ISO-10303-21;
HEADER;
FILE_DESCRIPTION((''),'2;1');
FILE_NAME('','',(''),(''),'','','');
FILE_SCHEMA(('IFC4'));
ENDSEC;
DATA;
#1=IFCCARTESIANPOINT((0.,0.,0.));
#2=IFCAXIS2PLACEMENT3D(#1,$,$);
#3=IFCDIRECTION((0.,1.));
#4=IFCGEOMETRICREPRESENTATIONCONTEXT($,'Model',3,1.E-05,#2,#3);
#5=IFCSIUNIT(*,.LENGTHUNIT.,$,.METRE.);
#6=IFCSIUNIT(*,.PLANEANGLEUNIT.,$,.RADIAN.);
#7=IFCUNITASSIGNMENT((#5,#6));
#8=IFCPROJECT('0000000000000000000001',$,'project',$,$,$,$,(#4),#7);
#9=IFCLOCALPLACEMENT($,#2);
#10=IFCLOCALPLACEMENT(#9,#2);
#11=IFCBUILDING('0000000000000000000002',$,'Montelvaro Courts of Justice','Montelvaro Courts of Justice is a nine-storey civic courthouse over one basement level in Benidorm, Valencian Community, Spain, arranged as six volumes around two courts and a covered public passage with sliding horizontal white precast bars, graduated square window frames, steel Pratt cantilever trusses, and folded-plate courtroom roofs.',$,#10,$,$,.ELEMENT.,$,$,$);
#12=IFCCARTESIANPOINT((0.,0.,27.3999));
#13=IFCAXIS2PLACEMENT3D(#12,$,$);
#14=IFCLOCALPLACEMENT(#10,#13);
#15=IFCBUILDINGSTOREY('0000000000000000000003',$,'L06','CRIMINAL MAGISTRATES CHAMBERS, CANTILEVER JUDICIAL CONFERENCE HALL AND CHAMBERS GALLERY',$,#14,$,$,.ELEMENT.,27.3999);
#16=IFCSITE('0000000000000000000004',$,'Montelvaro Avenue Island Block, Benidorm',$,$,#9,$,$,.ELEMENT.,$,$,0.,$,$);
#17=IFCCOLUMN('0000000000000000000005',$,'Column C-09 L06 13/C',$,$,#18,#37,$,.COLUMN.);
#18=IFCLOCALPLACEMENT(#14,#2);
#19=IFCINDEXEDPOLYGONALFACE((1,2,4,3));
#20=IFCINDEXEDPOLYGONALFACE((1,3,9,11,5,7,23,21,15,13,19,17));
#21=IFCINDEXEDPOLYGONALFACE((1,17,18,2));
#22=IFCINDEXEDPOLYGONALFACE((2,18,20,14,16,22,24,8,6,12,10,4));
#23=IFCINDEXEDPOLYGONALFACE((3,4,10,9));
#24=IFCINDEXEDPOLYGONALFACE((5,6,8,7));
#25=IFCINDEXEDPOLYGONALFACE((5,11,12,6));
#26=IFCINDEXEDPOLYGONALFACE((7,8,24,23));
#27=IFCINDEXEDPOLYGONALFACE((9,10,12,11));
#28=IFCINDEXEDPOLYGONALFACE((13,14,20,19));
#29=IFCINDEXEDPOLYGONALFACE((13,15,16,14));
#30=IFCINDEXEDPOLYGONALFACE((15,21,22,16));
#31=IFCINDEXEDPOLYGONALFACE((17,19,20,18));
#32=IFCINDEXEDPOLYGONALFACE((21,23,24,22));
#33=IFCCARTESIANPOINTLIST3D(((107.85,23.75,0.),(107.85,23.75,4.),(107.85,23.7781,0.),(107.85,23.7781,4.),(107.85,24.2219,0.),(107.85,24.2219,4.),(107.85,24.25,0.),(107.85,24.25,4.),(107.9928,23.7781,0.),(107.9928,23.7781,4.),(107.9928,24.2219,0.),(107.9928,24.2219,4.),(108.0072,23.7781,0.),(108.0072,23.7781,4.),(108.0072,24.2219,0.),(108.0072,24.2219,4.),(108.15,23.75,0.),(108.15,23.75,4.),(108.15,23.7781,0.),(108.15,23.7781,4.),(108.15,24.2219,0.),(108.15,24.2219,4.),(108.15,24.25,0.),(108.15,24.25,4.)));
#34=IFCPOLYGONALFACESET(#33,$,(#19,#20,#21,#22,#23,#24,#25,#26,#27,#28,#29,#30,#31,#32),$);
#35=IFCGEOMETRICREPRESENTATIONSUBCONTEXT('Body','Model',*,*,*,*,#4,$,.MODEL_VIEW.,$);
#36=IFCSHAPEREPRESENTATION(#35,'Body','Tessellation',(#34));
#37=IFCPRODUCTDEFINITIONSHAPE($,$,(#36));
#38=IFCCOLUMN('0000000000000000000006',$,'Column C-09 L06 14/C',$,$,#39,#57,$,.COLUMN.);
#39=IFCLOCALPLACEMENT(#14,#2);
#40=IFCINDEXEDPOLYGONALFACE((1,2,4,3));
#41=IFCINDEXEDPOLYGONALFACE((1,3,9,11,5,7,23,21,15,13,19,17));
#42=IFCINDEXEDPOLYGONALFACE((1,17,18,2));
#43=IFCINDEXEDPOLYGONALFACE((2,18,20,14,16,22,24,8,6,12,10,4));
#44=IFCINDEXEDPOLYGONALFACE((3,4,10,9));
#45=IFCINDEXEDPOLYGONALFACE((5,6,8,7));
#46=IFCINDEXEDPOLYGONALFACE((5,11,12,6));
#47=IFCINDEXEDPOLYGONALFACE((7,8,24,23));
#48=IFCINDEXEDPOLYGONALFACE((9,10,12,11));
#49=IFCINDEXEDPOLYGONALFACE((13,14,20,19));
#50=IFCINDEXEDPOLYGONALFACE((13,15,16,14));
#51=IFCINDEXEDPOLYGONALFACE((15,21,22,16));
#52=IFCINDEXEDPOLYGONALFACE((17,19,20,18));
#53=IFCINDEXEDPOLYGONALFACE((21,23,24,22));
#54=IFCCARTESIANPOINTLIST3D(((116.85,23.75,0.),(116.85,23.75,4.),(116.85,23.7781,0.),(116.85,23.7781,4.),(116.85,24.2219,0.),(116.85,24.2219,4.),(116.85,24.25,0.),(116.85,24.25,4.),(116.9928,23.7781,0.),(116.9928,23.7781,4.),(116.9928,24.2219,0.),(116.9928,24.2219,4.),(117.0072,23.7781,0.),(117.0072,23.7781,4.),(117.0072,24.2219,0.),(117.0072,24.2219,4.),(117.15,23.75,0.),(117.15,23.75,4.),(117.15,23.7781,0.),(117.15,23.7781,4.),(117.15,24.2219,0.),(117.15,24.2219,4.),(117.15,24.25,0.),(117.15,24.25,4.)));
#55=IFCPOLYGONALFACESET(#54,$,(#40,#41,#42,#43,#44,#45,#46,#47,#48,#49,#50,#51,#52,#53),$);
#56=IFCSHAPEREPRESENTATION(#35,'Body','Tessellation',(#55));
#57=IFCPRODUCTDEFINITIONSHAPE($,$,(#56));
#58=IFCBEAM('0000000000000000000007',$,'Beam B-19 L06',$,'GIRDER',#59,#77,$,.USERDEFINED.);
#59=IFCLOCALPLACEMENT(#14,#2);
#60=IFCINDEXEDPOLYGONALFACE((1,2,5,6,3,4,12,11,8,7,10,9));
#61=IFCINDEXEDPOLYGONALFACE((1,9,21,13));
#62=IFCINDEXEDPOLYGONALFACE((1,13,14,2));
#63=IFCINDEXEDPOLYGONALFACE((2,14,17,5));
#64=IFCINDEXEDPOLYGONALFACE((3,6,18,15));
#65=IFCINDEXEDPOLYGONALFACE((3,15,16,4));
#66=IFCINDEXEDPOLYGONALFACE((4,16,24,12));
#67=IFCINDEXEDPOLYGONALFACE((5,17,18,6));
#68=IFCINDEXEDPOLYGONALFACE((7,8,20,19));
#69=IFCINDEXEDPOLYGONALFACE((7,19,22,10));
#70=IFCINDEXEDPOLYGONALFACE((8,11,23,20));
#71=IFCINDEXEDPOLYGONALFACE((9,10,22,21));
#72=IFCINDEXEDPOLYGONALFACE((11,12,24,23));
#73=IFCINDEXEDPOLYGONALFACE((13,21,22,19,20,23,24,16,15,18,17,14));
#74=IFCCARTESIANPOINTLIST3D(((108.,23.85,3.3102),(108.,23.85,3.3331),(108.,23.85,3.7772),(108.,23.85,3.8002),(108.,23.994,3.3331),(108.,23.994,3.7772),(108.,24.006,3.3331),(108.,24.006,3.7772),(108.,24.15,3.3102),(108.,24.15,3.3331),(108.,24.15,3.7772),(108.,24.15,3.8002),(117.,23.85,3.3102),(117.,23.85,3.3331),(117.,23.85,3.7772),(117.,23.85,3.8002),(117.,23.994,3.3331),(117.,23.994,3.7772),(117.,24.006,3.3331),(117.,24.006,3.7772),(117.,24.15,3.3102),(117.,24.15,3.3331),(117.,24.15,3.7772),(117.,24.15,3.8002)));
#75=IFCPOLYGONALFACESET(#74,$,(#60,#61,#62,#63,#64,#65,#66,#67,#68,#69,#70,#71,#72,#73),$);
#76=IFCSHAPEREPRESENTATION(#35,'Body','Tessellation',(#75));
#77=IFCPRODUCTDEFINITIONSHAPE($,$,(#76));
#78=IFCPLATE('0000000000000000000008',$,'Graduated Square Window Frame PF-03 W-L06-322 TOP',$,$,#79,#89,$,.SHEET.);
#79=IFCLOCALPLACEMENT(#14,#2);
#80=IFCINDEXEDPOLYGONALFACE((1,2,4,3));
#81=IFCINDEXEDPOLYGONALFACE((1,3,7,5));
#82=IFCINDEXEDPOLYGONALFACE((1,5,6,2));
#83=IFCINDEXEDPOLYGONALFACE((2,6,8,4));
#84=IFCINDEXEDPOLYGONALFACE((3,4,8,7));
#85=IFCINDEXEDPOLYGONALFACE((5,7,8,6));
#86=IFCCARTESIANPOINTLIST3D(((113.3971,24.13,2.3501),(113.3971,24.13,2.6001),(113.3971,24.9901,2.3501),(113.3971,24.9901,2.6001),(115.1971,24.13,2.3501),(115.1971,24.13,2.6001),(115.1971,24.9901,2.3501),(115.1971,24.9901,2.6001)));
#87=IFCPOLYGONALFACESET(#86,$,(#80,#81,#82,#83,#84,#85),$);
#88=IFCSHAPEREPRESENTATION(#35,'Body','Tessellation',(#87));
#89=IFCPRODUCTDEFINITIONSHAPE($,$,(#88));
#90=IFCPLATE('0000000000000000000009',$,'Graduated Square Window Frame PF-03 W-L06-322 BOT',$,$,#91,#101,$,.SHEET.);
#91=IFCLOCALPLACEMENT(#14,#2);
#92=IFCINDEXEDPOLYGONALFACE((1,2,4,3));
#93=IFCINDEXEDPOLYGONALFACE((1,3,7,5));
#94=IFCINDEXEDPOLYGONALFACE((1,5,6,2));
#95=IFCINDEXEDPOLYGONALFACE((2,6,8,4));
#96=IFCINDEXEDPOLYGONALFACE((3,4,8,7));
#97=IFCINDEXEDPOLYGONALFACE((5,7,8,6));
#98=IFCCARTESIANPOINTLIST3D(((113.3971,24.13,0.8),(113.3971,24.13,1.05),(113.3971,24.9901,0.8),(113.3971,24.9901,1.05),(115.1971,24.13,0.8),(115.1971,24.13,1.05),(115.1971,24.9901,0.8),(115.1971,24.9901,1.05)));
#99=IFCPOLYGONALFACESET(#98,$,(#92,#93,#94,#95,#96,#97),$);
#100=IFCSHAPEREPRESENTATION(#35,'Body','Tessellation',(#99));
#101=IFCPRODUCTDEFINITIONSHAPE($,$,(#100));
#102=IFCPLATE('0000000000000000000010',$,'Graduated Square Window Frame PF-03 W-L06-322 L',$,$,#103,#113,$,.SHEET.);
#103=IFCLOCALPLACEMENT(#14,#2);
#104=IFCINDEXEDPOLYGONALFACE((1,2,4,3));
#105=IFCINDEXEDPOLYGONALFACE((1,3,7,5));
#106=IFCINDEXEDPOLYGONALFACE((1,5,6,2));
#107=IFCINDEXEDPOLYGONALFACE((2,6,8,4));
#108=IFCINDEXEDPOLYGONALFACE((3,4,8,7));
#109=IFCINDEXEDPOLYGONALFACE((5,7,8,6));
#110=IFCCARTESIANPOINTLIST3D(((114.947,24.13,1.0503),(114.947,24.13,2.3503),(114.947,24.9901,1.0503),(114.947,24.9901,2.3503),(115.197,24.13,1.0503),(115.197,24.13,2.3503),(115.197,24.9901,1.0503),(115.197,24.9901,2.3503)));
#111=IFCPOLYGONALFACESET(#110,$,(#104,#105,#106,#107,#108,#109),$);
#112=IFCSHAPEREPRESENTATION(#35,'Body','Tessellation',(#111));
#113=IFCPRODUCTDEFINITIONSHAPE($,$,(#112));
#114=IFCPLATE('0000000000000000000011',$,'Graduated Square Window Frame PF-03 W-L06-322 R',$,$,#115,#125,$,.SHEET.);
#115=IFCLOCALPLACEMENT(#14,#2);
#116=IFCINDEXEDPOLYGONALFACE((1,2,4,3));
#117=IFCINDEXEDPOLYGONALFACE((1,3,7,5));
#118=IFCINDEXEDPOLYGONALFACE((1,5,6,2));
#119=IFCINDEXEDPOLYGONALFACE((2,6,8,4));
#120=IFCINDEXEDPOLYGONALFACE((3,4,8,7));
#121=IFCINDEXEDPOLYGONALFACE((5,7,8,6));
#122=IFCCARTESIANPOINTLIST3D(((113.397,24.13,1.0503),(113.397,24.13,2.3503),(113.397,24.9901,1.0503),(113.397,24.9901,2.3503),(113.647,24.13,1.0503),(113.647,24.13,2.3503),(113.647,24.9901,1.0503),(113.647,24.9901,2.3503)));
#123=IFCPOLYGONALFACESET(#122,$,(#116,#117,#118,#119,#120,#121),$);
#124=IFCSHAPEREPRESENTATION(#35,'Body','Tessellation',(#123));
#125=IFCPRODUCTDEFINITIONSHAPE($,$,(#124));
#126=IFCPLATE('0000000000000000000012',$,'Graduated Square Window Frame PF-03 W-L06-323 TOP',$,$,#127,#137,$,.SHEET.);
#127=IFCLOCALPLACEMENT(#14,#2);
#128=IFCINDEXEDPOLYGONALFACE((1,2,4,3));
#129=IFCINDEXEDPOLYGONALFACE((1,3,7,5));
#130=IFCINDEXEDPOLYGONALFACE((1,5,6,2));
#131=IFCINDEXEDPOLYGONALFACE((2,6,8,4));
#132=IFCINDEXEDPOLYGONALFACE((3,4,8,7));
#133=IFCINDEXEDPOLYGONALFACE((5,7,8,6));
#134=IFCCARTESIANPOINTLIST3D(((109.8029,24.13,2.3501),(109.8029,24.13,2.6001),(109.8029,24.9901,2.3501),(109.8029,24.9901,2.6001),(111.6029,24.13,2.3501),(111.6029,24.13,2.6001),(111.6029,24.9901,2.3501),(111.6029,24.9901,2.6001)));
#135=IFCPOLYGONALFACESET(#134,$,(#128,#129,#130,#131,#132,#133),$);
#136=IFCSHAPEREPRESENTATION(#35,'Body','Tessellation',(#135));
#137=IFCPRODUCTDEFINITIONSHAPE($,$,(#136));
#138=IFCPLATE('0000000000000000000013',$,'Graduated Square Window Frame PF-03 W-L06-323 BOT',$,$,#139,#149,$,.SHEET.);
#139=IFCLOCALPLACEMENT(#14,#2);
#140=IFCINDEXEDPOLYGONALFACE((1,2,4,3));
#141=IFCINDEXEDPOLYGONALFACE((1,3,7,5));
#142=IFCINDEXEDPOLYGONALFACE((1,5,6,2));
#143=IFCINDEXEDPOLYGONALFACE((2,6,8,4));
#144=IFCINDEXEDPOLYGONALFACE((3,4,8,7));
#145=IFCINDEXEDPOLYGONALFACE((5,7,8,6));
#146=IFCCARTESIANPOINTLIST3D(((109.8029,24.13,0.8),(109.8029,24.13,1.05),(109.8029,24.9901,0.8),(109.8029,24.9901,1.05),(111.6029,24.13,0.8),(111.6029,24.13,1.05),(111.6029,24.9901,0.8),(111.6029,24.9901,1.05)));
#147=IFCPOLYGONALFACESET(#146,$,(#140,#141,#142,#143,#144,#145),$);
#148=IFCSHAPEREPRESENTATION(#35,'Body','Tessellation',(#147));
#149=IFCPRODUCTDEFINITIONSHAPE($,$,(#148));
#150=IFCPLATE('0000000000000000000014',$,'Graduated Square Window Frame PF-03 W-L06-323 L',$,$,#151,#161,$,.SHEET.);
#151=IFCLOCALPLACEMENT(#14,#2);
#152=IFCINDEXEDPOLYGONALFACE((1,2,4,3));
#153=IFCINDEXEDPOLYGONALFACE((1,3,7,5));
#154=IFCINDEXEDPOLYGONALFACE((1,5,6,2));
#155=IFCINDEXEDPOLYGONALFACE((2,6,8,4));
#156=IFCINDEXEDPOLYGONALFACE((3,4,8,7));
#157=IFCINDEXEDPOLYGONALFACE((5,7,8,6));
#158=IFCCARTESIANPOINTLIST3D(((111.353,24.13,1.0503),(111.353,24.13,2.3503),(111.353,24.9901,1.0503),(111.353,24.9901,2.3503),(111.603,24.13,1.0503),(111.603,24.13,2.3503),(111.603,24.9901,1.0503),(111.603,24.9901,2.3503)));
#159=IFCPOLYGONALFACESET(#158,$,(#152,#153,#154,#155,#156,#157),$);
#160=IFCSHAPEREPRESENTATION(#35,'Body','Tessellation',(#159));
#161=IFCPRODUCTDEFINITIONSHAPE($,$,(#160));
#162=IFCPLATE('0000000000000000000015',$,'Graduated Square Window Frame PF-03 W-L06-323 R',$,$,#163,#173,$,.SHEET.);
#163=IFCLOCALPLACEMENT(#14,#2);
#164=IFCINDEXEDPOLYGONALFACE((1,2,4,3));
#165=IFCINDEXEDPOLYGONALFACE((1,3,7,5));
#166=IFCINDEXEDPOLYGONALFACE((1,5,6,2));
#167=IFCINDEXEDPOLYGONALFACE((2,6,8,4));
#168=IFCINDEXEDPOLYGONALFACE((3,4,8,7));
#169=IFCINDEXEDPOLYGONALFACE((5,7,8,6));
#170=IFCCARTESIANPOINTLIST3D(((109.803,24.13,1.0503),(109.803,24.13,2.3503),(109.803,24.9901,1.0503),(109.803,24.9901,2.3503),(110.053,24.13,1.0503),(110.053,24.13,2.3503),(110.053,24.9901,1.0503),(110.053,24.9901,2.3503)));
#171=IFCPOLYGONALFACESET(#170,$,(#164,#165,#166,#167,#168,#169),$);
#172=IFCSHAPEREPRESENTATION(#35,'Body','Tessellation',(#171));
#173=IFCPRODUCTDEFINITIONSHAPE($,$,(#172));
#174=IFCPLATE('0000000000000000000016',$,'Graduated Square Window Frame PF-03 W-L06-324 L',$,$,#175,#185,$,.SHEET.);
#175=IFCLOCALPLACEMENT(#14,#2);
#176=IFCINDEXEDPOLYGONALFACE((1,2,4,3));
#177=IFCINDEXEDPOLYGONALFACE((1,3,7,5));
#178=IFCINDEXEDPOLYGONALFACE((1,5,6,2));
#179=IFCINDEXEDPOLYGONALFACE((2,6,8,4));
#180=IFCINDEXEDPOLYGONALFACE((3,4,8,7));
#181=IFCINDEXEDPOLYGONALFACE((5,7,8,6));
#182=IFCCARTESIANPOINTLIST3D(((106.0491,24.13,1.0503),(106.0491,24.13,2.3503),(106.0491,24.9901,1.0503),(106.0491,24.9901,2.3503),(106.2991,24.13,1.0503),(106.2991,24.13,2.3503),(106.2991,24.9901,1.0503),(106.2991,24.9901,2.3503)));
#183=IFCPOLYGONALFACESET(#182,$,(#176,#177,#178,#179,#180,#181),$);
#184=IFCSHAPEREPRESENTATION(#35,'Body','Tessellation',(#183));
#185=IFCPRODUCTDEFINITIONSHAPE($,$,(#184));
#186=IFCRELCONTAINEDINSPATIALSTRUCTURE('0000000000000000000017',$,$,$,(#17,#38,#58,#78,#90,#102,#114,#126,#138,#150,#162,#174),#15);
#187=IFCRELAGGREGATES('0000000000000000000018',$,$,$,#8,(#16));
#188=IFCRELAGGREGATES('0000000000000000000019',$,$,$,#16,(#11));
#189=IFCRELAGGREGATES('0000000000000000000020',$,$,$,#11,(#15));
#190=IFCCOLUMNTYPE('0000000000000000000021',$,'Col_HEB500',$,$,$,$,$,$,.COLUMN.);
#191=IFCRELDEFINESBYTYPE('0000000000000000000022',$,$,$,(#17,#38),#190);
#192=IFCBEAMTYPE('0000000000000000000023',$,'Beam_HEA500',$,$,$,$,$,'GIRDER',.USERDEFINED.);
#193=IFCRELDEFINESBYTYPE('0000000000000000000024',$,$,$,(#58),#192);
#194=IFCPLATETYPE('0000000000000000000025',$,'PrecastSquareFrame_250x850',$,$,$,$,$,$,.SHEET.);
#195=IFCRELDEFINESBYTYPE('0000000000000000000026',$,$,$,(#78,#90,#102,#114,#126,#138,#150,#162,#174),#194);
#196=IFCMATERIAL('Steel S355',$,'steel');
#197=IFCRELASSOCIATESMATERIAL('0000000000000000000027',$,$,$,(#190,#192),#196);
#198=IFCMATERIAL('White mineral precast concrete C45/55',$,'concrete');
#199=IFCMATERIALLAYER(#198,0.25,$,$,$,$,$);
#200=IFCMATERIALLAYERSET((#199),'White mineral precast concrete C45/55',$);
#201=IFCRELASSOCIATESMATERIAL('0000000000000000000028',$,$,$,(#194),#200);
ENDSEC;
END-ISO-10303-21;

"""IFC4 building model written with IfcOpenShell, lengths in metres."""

from ifc_helpers import new_model, si_unit, direction, frame, origin, origin_2d, place, context, subcontext, project, spatial, rectangle, i_section, extrude, material, layer, layer_set, material_profile, profile_set, type_object, element, save


model = new_model("IFC4")

# Units and contexts
model_context = context("Model", 3, precision=1e-05, world=origin(), true_north=direction((0.0, 1.0)))
body_context = subcontext(model_context, "Body", "Model", "MODEL_VIEW")
ifc_project = project(units=[si_unit("LENGTHUNIT", "METRE"), si_unit("PLANEANGLEUNIT", "RADIAN")], contexts=[model_context])

# Site, building, storey
site_placement = place(None, origin())
site = spatial("IfcSite", under=ifc_project, at=site_placement, Name="Montelvaro Avenue Island Block, Benidorm", CompositionType="ELEMENT", RefElevation=0.0)
building_placement = place(site_placement, origin())
building = spatial("IfcBuilding", under=site, at=building_placement, Name="Montelvaro Courts of Justice", Description="Montelvaro Courts of Justice is a nine-storey civic courthouse over one basement level in Benidorm, Valencian Community, Spain, arranged as six volumes around two courts and a covered public passage with sliding horizontal white precast bars, graduated square window frames, steel Pratt cantilever trusses, and folded-plate courtroom roofs.", CompositionType="ELEMENT")
storey_placement = place(building_placement, frame((0.0, 0.0, 27.3999)))
storey = spatial("IfcBuildingStorey", under=building, at=storey_placement, Name="L06", Description="CRIMINAL MAGISTRATES CHAMBERS, CANTILEVER JUDICIAL CONFERENCE HALL AND CHAMBERS GALLERY", CompositionType="ELEMENT", Elevation=27.3999)

# Columns
ifc_material_1 = material(Name="Steel S355", Category="steel")
ifc_material_profile_1 = material_profile(ifc_material_1, i_section(OverallWidth=0.3, OverallDepth=0.5, WebThickness=0.0144, FlangeThickness=0.0281, at=origin_2d()), Name="HEB 500")
ifc_profile_set_1 = profile_set([ifc_material_profile_1], Name="Steel S355")
column_type = type_object("IfcColumnType", Name="Col_HEB500", PredefinedType="COLUMN", material=ifc_profile_set_1)
for number, where, z_axis, x_axis, name in (
    (1, (108.0, 24.0, 0.0), (0.0, 0.0, 1.0), (1.0, 0.0, 0.0), "Column C-09 L06 13/C"),
    (2, (117.0, 24.0, 0.0), (0.0, 0.0, 1.0), (1.0, 0.0, 0.0), "Column C-09 L06 14/C"),
):
    element("IfcColumn", number, at=place(storey_placement, frame(where, z_axis=z_axis, x_axis=x_axis)), inside=storey, type_object=column_type, Name=name, PredefinedType="COLUMN", context=body_context, shape_type="SweptSolid", body=[
        extrude(i_section(OverallWidth=0.3, OverallDepth=0.5, WebThickness=0.0144, FlangeThickness=0.0281, at=origin_2d()), origin(), (0.0, 0.0, 1.0), 4.0),
    ])

# Beam
ifc_material_profile_2 = material_profile(ifc_material_1, i_section(OverallWidth=0.3, OverallDepth=0.49, WebThickness=0.012, FlangeThickness=0.0229, at=origin_2d()), Name="HEA 500")
ifc_profile_set_2 = profile_set([ifc_material_profile_2], Name="Steel S355")
beam_type = type_object("IfcBeamType", Name="Beam_HEA500", ElementType="GIRDER", PredefinedType="USERDEFINED", material=ifc_profile_set_2)
beam_placement = place(storey_placement, frame((108.0, 24.0, 3.5552), z_axis=(1.0, 0.0, 0.0), x_axis=(0.0, 1.0, 0.0)))
element("IfcBeam", 3, at=beam_placement, inside=storey, type_object=beam_type, Name="Beam B-19 L06", ObjectType="GIRDER", PredefinedType="USERDEFINED", context=body_context, shape_type="SweptSolid", body=[
    extrude(i_section(OverallWidth=0.3, OverallDepth=0.49, WebThickness=0.012, FlangeThickness=0.0229, at=origin_2d()), origin(), (0.0, 0.0, 1.0), 9.0),
])

# Plates
ifc_material_2 = material(Name="White mineral precast concrete C45/55", Category="concrete")
ifc_layer_1 = layer(ifc_material_2, 0.25)
ifc_layer_set_1 = layer_set([ifc_layer_1], Name="White mineral precast concrete C45/55")
plate_type = type_object("IfcPlateType", Name="PrecastSquareFrame_250x850", PredefinedType="SHEET", material=ifc_layer_set_1)
for number, where, z_axis, x_axis, name in (
    (4, (114.2971, 24.5601, 2.3501), (0.0, 0.0, 1.0), (-1.0, 0.0, 0.0), "Graduated Square Window Frame PF-03 W-L06-322 TOP"),
    (5, (114.2971, 24.5601, 0.8), (0.0, 0.0, 1.0), (-1.0, 0.0, 0.0), "Graduated Square Window Frame PF-03 W-L06-322 BOT"),
):
    element("IfcPlate", number, at=place(storey_placement, frame(where, z_axis=z_axis, x_axis=x_axis)), inside=storey, type_object=plate_type, Name=name, PredefinedType="SHEET", context=body_context, shape_type="SweptSolid", body=[
        extrude(rectangle(XDim=1.8, YDim=0.8601, at=origin_2d()), origin(), (0.0, 0.0, 1.0), 0.25),
    ])
for number, where, z_axis, x_axis, name in (
    (6, (115.072, 24.5601, 1.0503), (0.0, 0.0, 1.0), (-1.0, 0.0, 0.0), "Graduated Square Window Frame PF-03 W-L06-322 L"),
    (7, (113.522, 24.5601, 1.0503), (0.0, 0.0, 1.0), (-1.0, 0.0, 0.0), "Graduated Square Window Frame PF-03 W-L06-322 R"),
):
    element("IfcPlate", number, at=place(storey_placement, frame(where, z_axis=z_axis, x_axis=x_axis)), inside=storey, type_object=plate_type, Name=name, PredefinedType="SHEET", context=body_context, shape_type="SweptSolid", body=[
        extrude(rectangle(XDim=0.25, YDim=0.8601, at=origin_2d()), origin(), (0.0, 0.0, 1.0), 1.3),
    ])
for number, where, z_axis, x_axis, name in (
    (8, (110.7029, 24.5601, 2.3501), (0.0, 0.0, 1.0), (-1.0, 0.0, 0.0), "Graduated Square Window Frame PF-03 W-L06-323 TOP"),
    (9, (110.7029, 24.5601, 0.8), (0.0, 0.0, 1.0), (-1.0, 0.0, 0.0), "Graduated Square Window Frame PF-03 W-L06-323 BOT"),
):
    element("IfcPlate", number, at=place(storey_placement, frame(where, z_axis=z_axis, x_axis=x_axis)), inside=storey, type_object=plate_type, Name=name, PredefinedType="SHEET", context=body_context, shape_type="SweptSolid", body=[
        extrude(rectangle(XDim=1.8, YDim=0.8601, at=origin_2d()), origin(), (0.0, 0.0, 1.0), 0.25),
    ])
for number, where, z_axis, x_axis, name in (
    (10, (111.478, 24.5601, 1.0503), (0.0, 0.0, 1.0), (-1.0, 0.0, 0.0), "Graduated Square Window Frame PF-03 W-L06-323 L"),
    (11, (109.928, 24.5601, 1.0503), (0.0, 0.0, 1.0), (-1.0, 0.0, 0.0), "Graduated Square Window Frame PF-03 W-L06-323 R"),
    (12, (106.1741, 24.5601, 1.0503), (0.0, 0.0, 1.0), (-1.0, 0.0, 0.0), "Graduated Square Window Frame PF-03 W-L06-324 L"),
):
    element("IfcPlate", number, at=place(storey_placement, frame(where, z_axis=z_axis, x_axis=x_axis)), inside=storey, type_object=plate_type, Name=name, PredefinedType="SHEET", context=body_context, shape_type="SweptSolid", body=[
        extrude(rectangle(XDim=0.25, YDim=0.8601, at=origin_2d()), origin(), (0.0, 0.0, 1.0), 1.3),
    ])

save(model, "model.ifc")
